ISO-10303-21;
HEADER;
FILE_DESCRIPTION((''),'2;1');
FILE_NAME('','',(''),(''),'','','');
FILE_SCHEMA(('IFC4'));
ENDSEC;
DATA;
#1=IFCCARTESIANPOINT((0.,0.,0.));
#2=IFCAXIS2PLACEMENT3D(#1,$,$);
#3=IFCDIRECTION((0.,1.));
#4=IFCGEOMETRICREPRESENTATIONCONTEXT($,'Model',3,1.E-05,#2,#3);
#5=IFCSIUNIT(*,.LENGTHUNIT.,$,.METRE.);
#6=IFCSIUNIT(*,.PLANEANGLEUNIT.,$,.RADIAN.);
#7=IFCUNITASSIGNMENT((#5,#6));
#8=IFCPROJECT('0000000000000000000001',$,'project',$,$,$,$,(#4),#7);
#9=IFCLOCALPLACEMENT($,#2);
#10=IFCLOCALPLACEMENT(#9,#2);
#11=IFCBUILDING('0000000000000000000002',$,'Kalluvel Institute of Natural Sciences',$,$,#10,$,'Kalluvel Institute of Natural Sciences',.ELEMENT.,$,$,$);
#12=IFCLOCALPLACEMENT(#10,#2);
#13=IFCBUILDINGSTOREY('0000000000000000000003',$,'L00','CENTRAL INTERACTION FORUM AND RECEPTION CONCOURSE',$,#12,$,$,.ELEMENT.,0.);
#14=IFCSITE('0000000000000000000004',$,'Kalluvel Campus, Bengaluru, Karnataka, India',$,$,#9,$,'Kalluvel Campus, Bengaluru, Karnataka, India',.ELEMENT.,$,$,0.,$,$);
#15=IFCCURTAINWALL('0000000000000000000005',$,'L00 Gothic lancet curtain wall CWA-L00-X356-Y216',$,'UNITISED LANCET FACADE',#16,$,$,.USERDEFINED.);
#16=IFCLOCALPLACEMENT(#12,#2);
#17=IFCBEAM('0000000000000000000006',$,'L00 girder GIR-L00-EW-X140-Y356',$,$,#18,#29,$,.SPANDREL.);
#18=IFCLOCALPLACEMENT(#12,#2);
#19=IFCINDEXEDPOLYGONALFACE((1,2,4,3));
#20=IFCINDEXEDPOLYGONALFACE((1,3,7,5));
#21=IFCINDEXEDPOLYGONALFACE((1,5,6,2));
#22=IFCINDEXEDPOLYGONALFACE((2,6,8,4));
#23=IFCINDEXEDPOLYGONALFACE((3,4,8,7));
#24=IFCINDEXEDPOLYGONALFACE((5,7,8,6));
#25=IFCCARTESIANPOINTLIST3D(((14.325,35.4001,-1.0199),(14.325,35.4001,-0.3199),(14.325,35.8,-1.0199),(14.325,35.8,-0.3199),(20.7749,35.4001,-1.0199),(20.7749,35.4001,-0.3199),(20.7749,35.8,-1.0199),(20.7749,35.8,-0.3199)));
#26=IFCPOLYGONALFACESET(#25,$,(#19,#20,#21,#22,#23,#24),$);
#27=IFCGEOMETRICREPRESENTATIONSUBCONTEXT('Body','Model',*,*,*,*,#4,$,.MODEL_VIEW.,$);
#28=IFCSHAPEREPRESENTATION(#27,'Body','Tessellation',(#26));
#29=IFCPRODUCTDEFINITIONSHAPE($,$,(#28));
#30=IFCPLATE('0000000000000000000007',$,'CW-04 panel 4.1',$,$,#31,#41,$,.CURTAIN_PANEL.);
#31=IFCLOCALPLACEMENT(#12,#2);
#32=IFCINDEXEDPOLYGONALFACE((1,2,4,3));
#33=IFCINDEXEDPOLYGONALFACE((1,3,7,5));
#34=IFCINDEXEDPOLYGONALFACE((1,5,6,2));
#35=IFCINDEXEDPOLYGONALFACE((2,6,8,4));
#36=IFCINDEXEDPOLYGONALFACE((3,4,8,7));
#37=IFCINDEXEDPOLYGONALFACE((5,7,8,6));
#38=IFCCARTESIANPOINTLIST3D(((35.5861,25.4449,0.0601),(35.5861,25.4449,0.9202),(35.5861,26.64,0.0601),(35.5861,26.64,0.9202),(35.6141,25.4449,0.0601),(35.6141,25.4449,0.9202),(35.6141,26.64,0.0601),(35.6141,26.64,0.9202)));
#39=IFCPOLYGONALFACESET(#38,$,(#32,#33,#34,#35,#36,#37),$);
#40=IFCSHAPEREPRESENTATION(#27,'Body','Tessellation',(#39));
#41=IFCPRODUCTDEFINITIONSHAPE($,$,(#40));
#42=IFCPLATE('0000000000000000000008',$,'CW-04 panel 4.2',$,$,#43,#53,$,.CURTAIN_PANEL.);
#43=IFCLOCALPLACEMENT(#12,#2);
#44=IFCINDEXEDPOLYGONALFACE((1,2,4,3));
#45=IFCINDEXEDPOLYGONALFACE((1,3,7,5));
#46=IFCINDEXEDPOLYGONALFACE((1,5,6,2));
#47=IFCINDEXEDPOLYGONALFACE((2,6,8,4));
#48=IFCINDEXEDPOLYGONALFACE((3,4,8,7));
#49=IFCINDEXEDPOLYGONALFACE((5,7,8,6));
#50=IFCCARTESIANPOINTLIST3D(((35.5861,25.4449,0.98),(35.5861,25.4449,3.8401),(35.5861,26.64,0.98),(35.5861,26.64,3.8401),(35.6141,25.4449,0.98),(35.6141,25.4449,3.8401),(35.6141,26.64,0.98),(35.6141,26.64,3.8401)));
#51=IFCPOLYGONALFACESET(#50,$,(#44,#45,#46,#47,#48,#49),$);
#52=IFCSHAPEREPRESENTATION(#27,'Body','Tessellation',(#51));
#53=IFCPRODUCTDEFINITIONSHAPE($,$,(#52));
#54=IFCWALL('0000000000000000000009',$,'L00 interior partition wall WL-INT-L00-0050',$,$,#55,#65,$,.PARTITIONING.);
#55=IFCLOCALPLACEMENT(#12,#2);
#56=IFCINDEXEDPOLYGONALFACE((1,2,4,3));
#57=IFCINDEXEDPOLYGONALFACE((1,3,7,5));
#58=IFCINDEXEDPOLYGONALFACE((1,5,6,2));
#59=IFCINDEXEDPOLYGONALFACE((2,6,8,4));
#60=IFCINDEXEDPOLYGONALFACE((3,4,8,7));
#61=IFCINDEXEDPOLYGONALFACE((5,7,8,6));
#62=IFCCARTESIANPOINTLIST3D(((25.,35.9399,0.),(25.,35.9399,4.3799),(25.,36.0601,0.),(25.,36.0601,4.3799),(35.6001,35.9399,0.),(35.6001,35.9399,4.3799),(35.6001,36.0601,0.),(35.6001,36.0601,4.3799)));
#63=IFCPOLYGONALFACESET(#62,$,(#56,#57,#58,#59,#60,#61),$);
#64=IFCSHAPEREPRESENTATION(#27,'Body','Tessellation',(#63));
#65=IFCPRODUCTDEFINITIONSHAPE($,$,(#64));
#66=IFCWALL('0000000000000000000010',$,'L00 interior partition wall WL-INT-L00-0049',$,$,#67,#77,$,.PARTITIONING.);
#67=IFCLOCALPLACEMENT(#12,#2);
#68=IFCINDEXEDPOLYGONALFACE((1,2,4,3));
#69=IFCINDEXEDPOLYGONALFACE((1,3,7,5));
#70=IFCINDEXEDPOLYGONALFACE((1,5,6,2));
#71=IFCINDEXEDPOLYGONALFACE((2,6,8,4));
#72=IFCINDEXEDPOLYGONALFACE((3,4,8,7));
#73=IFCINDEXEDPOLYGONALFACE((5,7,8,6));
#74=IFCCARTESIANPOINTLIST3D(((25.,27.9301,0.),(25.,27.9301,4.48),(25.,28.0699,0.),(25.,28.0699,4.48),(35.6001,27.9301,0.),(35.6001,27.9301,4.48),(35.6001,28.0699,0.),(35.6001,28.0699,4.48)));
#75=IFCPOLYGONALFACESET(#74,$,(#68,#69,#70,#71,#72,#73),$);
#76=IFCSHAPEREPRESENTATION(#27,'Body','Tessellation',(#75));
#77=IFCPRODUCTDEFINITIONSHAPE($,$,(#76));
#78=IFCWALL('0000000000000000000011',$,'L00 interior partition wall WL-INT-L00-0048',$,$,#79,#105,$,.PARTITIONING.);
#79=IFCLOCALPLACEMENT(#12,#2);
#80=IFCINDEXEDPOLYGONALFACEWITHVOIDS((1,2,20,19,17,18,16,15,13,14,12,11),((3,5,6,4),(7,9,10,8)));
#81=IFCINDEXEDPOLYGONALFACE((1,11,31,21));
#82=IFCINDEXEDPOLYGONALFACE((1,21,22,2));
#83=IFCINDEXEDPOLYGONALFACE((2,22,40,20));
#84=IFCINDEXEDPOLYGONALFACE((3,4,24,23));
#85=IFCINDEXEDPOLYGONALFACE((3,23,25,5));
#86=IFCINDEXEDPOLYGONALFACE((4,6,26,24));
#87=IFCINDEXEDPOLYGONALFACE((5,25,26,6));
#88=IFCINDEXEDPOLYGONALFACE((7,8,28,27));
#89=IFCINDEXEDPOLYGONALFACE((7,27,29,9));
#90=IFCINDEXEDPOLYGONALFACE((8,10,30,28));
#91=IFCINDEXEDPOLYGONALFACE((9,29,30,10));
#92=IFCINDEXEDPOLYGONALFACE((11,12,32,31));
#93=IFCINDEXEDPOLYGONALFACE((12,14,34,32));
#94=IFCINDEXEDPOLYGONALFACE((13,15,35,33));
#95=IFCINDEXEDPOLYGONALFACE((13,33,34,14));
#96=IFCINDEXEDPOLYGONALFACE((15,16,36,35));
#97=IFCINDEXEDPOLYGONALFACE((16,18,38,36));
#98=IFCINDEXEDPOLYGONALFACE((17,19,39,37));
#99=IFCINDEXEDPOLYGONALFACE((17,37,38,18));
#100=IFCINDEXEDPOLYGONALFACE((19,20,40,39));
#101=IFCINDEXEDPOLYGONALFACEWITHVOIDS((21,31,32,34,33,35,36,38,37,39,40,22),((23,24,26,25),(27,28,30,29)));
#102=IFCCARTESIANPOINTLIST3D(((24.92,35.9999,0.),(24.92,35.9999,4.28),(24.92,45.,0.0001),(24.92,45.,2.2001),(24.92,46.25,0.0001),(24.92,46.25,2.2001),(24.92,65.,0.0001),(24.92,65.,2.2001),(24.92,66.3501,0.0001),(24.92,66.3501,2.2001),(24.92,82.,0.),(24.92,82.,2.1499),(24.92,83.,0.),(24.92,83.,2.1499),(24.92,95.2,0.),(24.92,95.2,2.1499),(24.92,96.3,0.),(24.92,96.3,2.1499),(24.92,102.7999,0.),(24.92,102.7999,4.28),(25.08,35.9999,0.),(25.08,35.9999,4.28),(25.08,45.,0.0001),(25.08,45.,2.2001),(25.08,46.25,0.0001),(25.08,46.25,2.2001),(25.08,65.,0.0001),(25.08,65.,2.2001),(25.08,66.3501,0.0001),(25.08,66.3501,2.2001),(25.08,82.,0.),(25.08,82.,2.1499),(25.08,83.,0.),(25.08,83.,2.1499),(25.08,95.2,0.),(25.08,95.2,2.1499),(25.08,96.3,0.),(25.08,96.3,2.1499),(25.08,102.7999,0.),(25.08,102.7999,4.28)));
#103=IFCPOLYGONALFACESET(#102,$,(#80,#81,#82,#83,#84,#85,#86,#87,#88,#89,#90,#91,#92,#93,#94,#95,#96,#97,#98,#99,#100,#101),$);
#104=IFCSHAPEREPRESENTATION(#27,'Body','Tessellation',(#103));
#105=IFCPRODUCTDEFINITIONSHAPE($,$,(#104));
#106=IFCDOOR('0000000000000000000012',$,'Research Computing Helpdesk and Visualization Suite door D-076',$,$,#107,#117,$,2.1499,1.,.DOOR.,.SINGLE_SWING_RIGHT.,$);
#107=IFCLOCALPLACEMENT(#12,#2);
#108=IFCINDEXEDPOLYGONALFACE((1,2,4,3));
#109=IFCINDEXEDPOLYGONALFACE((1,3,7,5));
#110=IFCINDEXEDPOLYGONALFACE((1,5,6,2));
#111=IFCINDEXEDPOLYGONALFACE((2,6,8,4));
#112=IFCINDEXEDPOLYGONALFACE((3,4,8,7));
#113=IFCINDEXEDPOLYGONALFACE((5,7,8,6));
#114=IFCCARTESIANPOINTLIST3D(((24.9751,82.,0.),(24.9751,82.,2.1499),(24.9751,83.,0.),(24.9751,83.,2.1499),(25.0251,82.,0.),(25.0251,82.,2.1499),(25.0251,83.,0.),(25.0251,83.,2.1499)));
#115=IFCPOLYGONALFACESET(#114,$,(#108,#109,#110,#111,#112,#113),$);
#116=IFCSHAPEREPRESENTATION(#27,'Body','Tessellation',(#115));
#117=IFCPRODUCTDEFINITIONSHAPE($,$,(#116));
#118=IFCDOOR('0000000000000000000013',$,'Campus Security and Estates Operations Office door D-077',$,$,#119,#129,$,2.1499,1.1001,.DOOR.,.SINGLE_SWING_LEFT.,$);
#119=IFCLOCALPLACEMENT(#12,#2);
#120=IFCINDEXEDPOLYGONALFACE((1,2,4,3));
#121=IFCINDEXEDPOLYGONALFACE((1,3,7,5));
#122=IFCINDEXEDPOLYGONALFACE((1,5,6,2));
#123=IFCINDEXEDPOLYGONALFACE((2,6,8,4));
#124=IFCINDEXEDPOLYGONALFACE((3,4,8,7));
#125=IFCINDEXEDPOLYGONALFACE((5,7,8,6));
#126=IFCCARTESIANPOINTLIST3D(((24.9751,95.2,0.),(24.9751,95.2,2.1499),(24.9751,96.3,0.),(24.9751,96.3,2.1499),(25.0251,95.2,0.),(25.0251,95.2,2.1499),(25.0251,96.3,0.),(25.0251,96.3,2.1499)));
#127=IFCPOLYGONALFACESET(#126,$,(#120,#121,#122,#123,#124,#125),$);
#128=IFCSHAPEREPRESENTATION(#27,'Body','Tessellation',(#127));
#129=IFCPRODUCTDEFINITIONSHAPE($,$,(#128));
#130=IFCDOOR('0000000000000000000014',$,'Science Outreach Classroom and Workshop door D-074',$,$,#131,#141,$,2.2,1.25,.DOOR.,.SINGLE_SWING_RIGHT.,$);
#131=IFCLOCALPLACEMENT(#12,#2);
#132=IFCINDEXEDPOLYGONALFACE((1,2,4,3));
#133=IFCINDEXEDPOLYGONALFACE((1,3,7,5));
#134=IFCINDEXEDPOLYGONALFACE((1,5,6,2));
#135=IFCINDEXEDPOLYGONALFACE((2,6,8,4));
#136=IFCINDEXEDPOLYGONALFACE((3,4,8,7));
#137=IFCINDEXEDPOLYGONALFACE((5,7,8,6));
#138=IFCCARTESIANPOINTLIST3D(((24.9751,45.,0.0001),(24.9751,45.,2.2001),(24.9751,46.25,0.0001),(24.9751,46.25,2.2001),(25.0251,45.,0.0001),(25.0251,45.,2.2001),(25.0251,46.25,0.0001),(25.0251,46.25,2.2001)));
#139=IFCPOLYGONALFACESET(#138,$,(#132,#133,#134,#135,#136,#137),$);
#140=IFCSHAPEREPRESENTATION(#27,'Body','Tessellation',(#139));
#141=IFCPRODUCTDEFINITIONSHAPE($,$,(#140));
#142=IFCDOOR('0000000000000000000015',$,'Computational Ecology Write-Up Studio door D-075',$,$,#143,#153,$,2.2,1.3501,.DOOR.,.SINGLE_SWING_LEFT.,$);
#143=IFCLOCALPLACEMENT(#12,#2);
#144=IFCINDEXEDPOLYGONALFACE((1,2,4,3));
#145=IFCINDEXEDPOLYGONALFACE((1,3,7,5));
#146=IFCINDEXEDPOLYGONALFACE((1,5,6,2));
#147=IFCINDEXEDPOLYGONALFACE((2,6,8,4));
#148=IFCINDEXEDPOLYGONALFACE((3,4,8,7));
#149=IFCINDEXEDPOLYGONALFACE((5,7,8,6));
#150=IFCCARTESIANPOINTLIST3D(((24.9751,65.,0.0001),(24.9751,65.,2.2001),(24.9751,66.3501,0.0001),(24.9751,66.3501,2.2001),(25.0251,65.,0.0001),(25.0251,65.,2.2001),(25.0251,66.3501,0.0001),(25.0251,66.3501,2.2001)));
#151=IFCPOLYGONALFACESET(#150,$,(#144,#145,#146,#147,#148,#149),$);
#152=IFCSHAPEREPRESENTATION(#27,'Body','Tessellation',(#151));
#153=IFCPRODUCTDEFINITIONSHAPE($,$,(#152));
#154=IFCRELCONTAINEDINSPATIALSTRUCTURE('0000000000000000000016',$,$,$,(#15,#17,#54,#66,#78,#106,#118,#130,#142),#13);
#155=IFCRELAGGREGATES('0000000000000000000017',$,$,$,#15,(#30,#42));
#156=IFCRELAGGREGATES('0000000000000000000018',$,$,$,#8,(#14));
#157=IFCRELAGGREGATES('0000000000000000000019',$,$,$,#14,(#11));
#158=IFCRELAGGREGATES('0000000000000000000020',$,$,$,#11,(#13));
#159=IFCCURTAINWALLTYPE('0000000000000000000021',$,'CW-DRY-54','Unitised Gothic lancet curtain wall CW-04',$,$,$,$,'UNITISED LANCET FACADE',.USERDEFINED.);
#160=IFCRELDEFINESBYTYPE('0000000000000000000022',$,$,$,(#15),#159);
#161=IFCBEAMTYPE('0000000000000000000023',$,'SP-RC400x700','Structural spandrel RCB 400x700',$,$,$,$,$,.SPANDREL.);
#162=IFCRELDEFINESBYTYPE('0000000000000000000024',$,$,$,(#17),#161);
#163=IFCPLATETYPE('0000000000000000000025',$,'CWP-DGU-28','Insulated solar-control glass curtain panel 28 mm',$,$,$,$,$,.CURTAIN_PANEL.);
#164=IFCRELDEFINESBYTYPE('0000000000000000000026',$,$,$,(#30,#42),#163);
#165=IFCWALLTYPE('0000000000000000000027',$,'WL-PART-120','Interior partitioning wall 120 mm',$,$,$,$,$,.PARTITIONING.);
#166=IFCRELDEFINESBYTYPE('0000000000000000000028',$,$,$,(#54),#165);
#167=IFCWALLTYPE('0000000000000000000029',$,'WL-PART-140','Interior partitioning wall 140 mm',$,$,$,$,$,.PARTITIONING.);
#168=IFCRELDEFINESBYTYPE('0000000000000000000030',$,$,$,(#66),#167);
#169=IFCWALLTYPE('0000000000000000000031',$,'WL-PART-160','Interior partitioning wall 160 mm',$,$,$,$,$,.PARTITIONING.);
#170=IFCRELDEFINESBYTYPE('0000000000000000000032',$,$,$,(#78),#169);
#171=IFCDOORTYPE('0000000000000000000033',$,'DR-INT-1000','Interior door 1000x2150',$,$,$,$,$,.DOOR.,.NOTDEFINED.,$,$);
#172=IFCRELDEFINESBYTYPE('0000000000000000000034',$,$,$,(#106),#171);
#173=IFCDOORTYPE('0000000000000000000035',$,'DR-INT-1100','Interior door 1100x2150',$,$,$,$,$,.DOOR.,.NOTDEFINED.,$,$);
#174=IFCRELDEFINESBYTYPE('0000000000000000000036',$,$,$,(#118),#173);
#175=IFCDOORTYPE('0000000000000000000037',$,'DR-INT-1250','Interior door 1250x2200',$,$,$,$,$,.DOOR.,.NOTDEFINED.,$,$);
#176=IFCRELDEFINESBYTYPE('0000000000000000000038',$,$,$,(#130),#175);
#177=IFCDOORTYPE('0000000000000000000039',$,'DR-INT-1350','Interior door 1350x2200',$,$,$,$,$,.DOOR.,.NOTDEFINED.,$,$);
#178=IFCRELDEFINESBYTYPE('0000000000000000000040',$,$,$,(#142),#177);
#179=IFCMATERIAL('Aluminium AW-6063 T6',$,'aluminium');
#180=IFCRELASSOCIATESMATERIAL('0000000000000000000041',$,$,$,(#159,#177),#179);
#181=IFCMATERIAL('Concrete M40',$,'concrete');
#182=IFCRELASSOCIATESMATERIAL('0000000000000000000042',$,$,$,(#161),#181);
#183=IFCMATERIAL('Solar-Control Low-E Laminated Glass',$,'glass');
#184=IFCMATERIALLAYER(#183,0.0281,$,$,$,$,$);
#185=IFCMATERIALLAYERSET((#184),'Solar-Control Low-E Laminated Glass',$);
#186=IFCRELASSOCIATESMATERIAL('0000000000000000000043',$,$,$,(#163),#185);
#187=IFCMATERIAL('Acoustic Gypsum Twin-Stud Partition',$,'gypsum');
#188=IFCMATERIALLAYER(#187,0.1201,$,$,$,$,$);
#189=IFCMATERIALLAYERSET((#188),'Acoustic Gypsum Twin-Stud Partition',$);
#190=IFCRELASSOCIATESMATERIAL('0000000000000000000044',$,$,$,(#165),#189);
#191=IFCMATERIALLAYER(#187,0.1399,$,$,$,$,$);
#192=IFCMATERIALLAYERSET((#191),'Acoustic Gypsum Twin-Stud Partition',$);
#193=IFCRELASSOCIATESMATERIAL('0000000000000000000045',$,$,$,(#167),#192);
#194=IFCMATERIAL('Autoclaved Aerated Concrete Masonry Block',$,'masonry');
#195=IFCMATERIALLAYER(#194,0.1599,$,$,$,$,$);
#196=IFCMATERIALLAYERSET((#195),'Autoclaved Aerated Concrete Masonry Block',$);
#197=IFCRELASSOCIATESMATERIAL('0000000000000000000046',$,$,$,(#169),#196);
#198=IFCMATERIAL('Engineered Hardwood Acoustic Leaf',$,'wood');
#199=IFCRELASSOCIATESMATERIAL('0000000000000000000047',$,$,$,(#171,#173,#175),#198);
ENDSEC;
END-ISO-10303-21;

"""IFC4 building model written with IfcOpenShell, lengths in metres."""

from ifc_helpers import new_model, si_unit, direction, frame, frame_2d, origin, origin_2d, place, context, subcontext, project, spatial, rectangle, extrude, material, layer, layer_set, material_profile, profile_set, type_object, element, fill, aggregate, save


model = new_model("IFC4")

# Units and contexts
model_context = context("Model", 3, precision=1e-05, world=origin(), true_north=direction((0.0, 1.0)))
body_context = subcontext(model_context, "Body", "Model", "MODEL_VIEW")
ifc_project = project(units=[si_unit("LENGTHUNIT", "METRE"), si_unit("PLANEANGLEUNIT", "RADIAN")], contexts=[model_context])

# Site, building, storey
site_placement = place(None, origin())
site = spatial("IfcSite", under=ifc_project, at=site_placement, Name="Kalluvel Campus, Bengaluru, Karnataka, India", LongName="Kalluvel Campus, Bengaluru, Karnataka, India", CompositionType="ELEMENT", RefElevation=0.0)
building_placement = place(site_placement, origin())
building = spatial("IfcBuilding", under=site, at=building_placement, Name="Kalluvel Institute of Natural Sciences", LongName="Kalluvel Institute of Natural Sciences", CompositionType="ELEMENT")
storey_placement = place(building_placement, origin())
storey = spatial("IfcBuildingStorey", under=building, at=storey_placement, Name="L00", Description="CENTRAL INTERACTION FORUM AND RECEPTION CONCOURSE", CompositionType="ELEMENT", Elevation=0.0)

# Shared definitions
ifc_material_1 = material(Name="Concrete M40", Category="concrete")

# Curtain wall
ifc_material_2 = material(Name="Aluminium AW-6063 T6", Category="aluminium")
curtain_wall_type = type_object("IfcCurtainWallType", Name="CW-DRY-54", Description="Unitised Gothic lancet curtain wall CW-04", ElementType="UNITISED LANCET FACADE", PredefinedType="USERDEFINED", material=ifc_material_2)
curtain_wall_placement = place(storey_placement, origin())
curtain_wall = element("IfcCurtainWall", 1, at=curtain_wall_placement, inside=storey, type_object=curtain_wall_type, Name="L00 Gothic lancet curtain wall CWA-L00-X356-Y216", ObjectType="UNITISED LANCET FACADE", PredefinedType="USERDEFINED")

# Beam
ifc_material_profile_1 = material_profile(ifc_material_1, rectangle(XDim=0.3999, YDim=0.7, at=origin_2d()), Name="RCB 400x700")
ifc_profile_set_1 = profile_set([ifc_material_profile_1], Name="Concrete M40")
beam_type_1 = type_object("IfcBeamType", Name="SP-RC400x700", Description="Structural spandrel RCB 400x700", PredefinedType="SPANDREL", material=ifc_profile_set_1)
beam_1_placement = place(storey_placement, frame((14.325, 35.6001, -0.6699), z_axis=(1.0, 0.0, 0.0), x_axis=(0.0, 1.0, 0.0)))
element("IfcBeam", 2, at=beam_1_placement, inside=storey, type_object=beam_type_1, Name="L00 girder GIR-L00-EW-X140-Y356", PredefinedType="SPANDREL", context=body_context, shape_type="SweptSolid", body=[
    extrude(rectangle(XDim=0.3999, YDim=0.7, at=origin_2d()), origin(), (0.0, 0.0, 1.0), 6.45),
])

# Plates
ifc_material_3 = material(Name="Solar-Control Low-E Laminated Glass", Category="glass")
ifc_layer_1 = layer(ifc_material_3, 0.0281)
ifc_layer_set_1 = layer_set([ifc_layer_1], Name="Solar-Control Low-E Laminated Glass")
plate_type = type_object("IfcPlateType", Name="CWP-DGU-28", Description="Insulated solar-control glass curtain panel 28 mm", PredefinedType="CURTAIN_PANEL", material=ifc_layer_set_1)
plate_1_placement = place(storey_placement, frame((35.6001, 26.0425, 0.0601), z_axis=(0.0, 0.0, 1.0), x_axis=(0.0, 1.0, 0.0)))
plate_1 = element("IfcPlate", 3, at=plate_1_placement, type_object=plate_type, Name="CW-04 panel 4.1", PredefinedType="CURTAIN_PANEL", context=body_context, shape_type="SweptSolid", body=[
    extrude(rectangle(XDim=1.1951, YDim=0.0281, at=origin_2d()), origin(), (0.0, 0.0, 1.0), 0.8601),
])
plate_2_placement = place(storey_placement, frame((35.6001, 26.0425, 0.98), z_axis=(0.0, 0.0, 1.0), x_axis=(0.0, 1.0, 0.0)))
plate_2 = element("IfcPlate", 4, at=plate_2_placement, type_object=plate_type, Name="CW-04 panel 4.2", PredefinedType="CURTAIN_PANEL", context=body_context, shape_type="SweptSolid", body=[
    extrude(rectangle(XDim=1.1951, YDim=0.0281, at=origin_2d()), origin(), (0.0, 0.0, 1.0), 2.8601),
])
aggregate(curtain_wall, [plate_1, plate_2])

# Walls
ifc_material_4 = material(Name="Acoustic Gypsum Twin-Stud Partition", Category="gypsum")
ifc_layer_2 = layer(ifc_material_4, 0.1201)
ifc_layer_set_2 = layer_set([ifc_layer_2], Name="Acoustic Gypsum Twin-Stud Partition")
wall_type_1 = type_object("IfcWallType", Name="WL-PART-120", Description="Interior partitioning wall 120 mm", PredefinedType="PARTITIONING", material=ifc_layer_set_2)
wall_1_placement = place(storey_placement, frame((25.0, 36.0, 0.0), z_axis=(0.0, 0.0, 1.0), x_axis=(1.0, 0.0, 0.0)))
element("IfcWall", 5, at=wall_1_placement, inside=storey, type_object=wall_type_1, Name="L00 interior partition wall WL-INT-L00-0050", PredefinedType="PARTITIONING", context=body_context, shape_type="SweptSolid", body=[
    extrude(rectangle(XDim=10.6001, YDim=0.1201, at=frame_2d((5.3, 0.0))), origin(), (0.0, 0.0, 1.0), 4.3799),
])
ifc_layer_3 = layer(ifc_material_4, 0.1399)
ifc_layer_set_3 = layer_set([ifc_layer_3], Name="Acoustic Gypsum Twin-Stud Partition")
wall_type_2 = type_object("IfcWallType", Name="WL-PART-140", Description="Interior partitioning wall 140 mm", PredefinedType="PARTITIONING", material=ifc_layer_set_3)
wall_2_placement = place(storey_placement, frame((25.0, 28.0, 0.0), z_axis=(0.0, 0.0, 1.0), x_axis=(1.0, 0.0, 0.0)))
element("IfcWall", 6, at=wall_2_placement, inside=storey, type_object=wall_type_2, Name="L00 interior partition wall WL-INT-L00-0049", PredefinedType="PARTITIONING", context=body_context, shape_type="SweptSolid", body=[
    extrude(rectangle(XDim=10.6001, YDim=0.1399, at=frame_2d((5.3, 0.0))), origin(), (0.0, 0.0, 1.0), 4.48),
])

# Wall, openings, doors
ifc_material_5 = material(Name="Autoclaved Aerated Concrete Masonry Block", Category="masonry")
ifc_layer_4 = layer(ifc_material_5, 0.1599)
ifc_layer_set_4 = layer_set([ifc_layer_4], Name="Autoclaved Aerated Concrete Masonry Block")
wall_type_3 = type_object("IfcWallType", Name="WL-PART-160", Description="Interior partitioning wall 160 mm", PredefinedType="PARTITIONING", material=ifc_layer_set_4)
wall_3_placement = place(storey_placement, frame((25.0, 36.0, 0.0), z_axis=(0.0, 0.0, 1.0), x_axis=(0.0, 1.0, 0.0)))
wall_3 = element("IfcWall", 7, at=wall_3_placement, inside=storey, type_object=wall_type_3, Name="L00 interior partition wall WL-INT-L00-0048", PredefinedType="PARTITIONING", context=body_context, shape_type="SweptSolid", body=[
    extrude(rectangle(XDim=66.8, YDim=0.1599, at=frame_2d((33.3999, 0.0))), origin(), (0.0, 0.0, 1.0), 4.28),
])
opening_1_placement = place(wall_3_placement, frame((9.0, 0.0, 0.0)))
opening_1 = element("IfcOpeningElement", 8, at=opening_1_placement, cuts=wall_3, PredefinedType="OPENING", context=body_context, shape_type="SweptSolid", body=[
    extrude(rectangle(XDim=1.25, YDim=2.2, at=frame_2d((0.625, 1.1001))), frame((0.0, 0.0898, 0.0), z_axis=(0.0, -1.0, 0.0), x_axis=(1.0, 0.0, 0.0)), (0.0, 0.0, 1.0), 0.1799),
])
opening_2_placement = place(wall_3_placement, frame((29.0, 0.0, 0.0)))
opening_2 = element("IfcOpeningElement", 9, at=opening_2_placement, cuts=wall_3, PredefinedType="OPENING", context=body_context, shape_type="SweptSolid", body=[
    extrude(rectangle(XDim=1.3501, YDim=2.2, at=frame_2d((0.675, 1.1001))), frame((0.0, 0.0898, 0.0), z_axis=(0.0, -1.0, 0.0), x_axis=(1.0, 0.0, 0.0)), (0.0, 0.0, 1.0), 0.1799),
])
opening_3_placement = place(wall_3_placement, frame((46.0, 0.0, 0.0)))
opening_3 = element("IfcOpeningElement", 10, at=opening_3_placement, cuts=wall_3, PredefinedType="OPENING", context=body_context, shape_type="SweptSolid", body=[
    extrude(rectangle(XDim=1.0, YDim=2.1499, at=frame_2d((0.5, 1.075))), frame((0.0, 0.0898, 0.0), z_axis=(0.0, -1.0, 0.0), x_axis=(1.0, 0.0, 0.0)), (0.0, 0.0, 1.0), 0.1799),
])
opening_4_placement = place(wall_3_placement, frame((59.2, 0.0, 0.0)))
opening_4 = element("IfcOpeningElement", 11, at=opening_4_placement, cuts=wall_3, PredefinedType="OPENING", context=body_context, shape_type="SweptSolid", body=[
    extrude(rectangle(XDim=1.1001, YDim=2.1499, at=frame_2d((0.55, 1.075))), frame((0.0, 0.0898, 0.0), z_axis=(0.0, -1.0, 0.0), x_axis=(1.0, 0.0, 0.0)), (0.0, 0.0, 1.0), 0.1799),
])
ifc_material_6 = material(Name="Engineered Hardwood Acoustic Leaf", Category="wood")
door_type_1 = type_object("IfcDoorType", Name="DR-INT-1000", Description="Interior door 1000x2150", OperationType="NOTDEFINED", PredefinedType="DOOR", material=ifc_material_6)
door_1_placement = place(opening_3_placement, origin())
door_1 = element("IfcDoor", 12, at=door_1_placement, inside=storey, type_object=door_type_1, Name="Research Computing Helpdesk and Visualization Suite door D-076", OperationType="SINGLE_SWING_RIGHT", OverallHeight=2.1499, OverallWidth=1.0, PredefinedType="DOOR", context=body_context, shape_type="SweptSolid", body=[
    extrude(rectangle(XDim=1.0, YDim=2.1499, at=frame_2d((0.5, 1.075))), frame((0.0, 0.0249, 0.0), z_axis=(0.0, -1.0, 0.0), x_axis=(1.0, 0.0, 0.0)), (0.0, 0.0, 1.0), 0.05),
])
fill(opening_3, door_1)
door_type_2 = type_object("IfcDoorType", Name="DR-INT-1100", Description="Interior door 1100x2150", OperationType="NOTDEFINED", PredefinedType="DOOR", material=ifc_material_6)
door_2_placement = place(opening_4_placement, origin())
door_2 = element("IfcDoor", 13, at=door_2_placement, inside=storey, type_object=door_type_2, Name="Campus Security and Estates Operations Office door D-077", OperationType="SINGLE_SWING_LEFT", OverallHeight=2.1499, OverallWidth=1.1001, PredefinedType="DOOR", context=body_context, shape_type="SweptSolid", body=[
    extrude(rectangle(XDim=1.1001, YDim=2.1499, at=frame_2d((0.55, 1.075))), frame((0.0, 0.0249, 0.0), z_axis=(0.0, -1.0, 0.0), x_axis=(1.0, 0.0, 0.0)), (0.0, 0.0, 1.0), 0.05),
])
fill(opening_4, door_2)
door_type_3 = type_object("IfcDoorType", Name="DR-INT-1250", Description="Interior door 1250x2200", OperationType="NOTDEFINED", PredefinedType="DOOR", material=ifc_material_6)
door_3_placement = place(opening_1_placement, origin())
door_3 = element("IfcDoor", 14, at=door_3_placement, inside=storey, type_object=door_type_3, Name="Science Outreach Classroom and Workshop door D-074", OperationType="SINGLE_SWING_RIGHT", OverallHeight=2.2, OverallWidth=1.25, PredefinedType="DOOR", context=body_context, shape_type="SweptSolid", body=[
    extrude(rectangle(XDim=1.25, YDim=2.2, at=frame_2d((0.625, 1.1001))), frame((0.0, 0.0249, 0.0), z_axis=(0.0, -1.0, 0.0), x_axis=(1.0, 0.0, 0.0)), (0.0, 0.0, 1.0), 0.05),
])
fill(opening_1, door_3)
door_type_4 = type_object("IfcDoorType", Name="DR-INT-1350", Description="Interior door 1350x2200", OperationType="NOTDEFINED", PredefinedType="DOOR", material=ifc_material_2)
door_4_placement = place(opening_2_placement, origin())
door_4 = element("IfcDoor", 15, at=door_4_placement, inside=storey, type_object=door_type_4, Name="Computational Ecology Write-Up Studio door D-075", OperationType="SINGLE_SWING_LEFT", OverallHeight=2.2, OverallWidth=1.3501, PredefinedType="DOOR", context=body_context, shape_type="SweptSolid", body=[
    extrude(rectangle(XDim=1.3501, YDim=2.2, at=frame_2d((0.675, 1.1001))), frame((0.0, 0.0249, 0.0), z_axis=(0.0, -1.0, 0.0), x_axis=(1.0, 0.0, 0.0)), (0.0, 0.0, 1.0), 0.05),
])
fill(opening_2, door_4)

save(model, "model.ifc")
